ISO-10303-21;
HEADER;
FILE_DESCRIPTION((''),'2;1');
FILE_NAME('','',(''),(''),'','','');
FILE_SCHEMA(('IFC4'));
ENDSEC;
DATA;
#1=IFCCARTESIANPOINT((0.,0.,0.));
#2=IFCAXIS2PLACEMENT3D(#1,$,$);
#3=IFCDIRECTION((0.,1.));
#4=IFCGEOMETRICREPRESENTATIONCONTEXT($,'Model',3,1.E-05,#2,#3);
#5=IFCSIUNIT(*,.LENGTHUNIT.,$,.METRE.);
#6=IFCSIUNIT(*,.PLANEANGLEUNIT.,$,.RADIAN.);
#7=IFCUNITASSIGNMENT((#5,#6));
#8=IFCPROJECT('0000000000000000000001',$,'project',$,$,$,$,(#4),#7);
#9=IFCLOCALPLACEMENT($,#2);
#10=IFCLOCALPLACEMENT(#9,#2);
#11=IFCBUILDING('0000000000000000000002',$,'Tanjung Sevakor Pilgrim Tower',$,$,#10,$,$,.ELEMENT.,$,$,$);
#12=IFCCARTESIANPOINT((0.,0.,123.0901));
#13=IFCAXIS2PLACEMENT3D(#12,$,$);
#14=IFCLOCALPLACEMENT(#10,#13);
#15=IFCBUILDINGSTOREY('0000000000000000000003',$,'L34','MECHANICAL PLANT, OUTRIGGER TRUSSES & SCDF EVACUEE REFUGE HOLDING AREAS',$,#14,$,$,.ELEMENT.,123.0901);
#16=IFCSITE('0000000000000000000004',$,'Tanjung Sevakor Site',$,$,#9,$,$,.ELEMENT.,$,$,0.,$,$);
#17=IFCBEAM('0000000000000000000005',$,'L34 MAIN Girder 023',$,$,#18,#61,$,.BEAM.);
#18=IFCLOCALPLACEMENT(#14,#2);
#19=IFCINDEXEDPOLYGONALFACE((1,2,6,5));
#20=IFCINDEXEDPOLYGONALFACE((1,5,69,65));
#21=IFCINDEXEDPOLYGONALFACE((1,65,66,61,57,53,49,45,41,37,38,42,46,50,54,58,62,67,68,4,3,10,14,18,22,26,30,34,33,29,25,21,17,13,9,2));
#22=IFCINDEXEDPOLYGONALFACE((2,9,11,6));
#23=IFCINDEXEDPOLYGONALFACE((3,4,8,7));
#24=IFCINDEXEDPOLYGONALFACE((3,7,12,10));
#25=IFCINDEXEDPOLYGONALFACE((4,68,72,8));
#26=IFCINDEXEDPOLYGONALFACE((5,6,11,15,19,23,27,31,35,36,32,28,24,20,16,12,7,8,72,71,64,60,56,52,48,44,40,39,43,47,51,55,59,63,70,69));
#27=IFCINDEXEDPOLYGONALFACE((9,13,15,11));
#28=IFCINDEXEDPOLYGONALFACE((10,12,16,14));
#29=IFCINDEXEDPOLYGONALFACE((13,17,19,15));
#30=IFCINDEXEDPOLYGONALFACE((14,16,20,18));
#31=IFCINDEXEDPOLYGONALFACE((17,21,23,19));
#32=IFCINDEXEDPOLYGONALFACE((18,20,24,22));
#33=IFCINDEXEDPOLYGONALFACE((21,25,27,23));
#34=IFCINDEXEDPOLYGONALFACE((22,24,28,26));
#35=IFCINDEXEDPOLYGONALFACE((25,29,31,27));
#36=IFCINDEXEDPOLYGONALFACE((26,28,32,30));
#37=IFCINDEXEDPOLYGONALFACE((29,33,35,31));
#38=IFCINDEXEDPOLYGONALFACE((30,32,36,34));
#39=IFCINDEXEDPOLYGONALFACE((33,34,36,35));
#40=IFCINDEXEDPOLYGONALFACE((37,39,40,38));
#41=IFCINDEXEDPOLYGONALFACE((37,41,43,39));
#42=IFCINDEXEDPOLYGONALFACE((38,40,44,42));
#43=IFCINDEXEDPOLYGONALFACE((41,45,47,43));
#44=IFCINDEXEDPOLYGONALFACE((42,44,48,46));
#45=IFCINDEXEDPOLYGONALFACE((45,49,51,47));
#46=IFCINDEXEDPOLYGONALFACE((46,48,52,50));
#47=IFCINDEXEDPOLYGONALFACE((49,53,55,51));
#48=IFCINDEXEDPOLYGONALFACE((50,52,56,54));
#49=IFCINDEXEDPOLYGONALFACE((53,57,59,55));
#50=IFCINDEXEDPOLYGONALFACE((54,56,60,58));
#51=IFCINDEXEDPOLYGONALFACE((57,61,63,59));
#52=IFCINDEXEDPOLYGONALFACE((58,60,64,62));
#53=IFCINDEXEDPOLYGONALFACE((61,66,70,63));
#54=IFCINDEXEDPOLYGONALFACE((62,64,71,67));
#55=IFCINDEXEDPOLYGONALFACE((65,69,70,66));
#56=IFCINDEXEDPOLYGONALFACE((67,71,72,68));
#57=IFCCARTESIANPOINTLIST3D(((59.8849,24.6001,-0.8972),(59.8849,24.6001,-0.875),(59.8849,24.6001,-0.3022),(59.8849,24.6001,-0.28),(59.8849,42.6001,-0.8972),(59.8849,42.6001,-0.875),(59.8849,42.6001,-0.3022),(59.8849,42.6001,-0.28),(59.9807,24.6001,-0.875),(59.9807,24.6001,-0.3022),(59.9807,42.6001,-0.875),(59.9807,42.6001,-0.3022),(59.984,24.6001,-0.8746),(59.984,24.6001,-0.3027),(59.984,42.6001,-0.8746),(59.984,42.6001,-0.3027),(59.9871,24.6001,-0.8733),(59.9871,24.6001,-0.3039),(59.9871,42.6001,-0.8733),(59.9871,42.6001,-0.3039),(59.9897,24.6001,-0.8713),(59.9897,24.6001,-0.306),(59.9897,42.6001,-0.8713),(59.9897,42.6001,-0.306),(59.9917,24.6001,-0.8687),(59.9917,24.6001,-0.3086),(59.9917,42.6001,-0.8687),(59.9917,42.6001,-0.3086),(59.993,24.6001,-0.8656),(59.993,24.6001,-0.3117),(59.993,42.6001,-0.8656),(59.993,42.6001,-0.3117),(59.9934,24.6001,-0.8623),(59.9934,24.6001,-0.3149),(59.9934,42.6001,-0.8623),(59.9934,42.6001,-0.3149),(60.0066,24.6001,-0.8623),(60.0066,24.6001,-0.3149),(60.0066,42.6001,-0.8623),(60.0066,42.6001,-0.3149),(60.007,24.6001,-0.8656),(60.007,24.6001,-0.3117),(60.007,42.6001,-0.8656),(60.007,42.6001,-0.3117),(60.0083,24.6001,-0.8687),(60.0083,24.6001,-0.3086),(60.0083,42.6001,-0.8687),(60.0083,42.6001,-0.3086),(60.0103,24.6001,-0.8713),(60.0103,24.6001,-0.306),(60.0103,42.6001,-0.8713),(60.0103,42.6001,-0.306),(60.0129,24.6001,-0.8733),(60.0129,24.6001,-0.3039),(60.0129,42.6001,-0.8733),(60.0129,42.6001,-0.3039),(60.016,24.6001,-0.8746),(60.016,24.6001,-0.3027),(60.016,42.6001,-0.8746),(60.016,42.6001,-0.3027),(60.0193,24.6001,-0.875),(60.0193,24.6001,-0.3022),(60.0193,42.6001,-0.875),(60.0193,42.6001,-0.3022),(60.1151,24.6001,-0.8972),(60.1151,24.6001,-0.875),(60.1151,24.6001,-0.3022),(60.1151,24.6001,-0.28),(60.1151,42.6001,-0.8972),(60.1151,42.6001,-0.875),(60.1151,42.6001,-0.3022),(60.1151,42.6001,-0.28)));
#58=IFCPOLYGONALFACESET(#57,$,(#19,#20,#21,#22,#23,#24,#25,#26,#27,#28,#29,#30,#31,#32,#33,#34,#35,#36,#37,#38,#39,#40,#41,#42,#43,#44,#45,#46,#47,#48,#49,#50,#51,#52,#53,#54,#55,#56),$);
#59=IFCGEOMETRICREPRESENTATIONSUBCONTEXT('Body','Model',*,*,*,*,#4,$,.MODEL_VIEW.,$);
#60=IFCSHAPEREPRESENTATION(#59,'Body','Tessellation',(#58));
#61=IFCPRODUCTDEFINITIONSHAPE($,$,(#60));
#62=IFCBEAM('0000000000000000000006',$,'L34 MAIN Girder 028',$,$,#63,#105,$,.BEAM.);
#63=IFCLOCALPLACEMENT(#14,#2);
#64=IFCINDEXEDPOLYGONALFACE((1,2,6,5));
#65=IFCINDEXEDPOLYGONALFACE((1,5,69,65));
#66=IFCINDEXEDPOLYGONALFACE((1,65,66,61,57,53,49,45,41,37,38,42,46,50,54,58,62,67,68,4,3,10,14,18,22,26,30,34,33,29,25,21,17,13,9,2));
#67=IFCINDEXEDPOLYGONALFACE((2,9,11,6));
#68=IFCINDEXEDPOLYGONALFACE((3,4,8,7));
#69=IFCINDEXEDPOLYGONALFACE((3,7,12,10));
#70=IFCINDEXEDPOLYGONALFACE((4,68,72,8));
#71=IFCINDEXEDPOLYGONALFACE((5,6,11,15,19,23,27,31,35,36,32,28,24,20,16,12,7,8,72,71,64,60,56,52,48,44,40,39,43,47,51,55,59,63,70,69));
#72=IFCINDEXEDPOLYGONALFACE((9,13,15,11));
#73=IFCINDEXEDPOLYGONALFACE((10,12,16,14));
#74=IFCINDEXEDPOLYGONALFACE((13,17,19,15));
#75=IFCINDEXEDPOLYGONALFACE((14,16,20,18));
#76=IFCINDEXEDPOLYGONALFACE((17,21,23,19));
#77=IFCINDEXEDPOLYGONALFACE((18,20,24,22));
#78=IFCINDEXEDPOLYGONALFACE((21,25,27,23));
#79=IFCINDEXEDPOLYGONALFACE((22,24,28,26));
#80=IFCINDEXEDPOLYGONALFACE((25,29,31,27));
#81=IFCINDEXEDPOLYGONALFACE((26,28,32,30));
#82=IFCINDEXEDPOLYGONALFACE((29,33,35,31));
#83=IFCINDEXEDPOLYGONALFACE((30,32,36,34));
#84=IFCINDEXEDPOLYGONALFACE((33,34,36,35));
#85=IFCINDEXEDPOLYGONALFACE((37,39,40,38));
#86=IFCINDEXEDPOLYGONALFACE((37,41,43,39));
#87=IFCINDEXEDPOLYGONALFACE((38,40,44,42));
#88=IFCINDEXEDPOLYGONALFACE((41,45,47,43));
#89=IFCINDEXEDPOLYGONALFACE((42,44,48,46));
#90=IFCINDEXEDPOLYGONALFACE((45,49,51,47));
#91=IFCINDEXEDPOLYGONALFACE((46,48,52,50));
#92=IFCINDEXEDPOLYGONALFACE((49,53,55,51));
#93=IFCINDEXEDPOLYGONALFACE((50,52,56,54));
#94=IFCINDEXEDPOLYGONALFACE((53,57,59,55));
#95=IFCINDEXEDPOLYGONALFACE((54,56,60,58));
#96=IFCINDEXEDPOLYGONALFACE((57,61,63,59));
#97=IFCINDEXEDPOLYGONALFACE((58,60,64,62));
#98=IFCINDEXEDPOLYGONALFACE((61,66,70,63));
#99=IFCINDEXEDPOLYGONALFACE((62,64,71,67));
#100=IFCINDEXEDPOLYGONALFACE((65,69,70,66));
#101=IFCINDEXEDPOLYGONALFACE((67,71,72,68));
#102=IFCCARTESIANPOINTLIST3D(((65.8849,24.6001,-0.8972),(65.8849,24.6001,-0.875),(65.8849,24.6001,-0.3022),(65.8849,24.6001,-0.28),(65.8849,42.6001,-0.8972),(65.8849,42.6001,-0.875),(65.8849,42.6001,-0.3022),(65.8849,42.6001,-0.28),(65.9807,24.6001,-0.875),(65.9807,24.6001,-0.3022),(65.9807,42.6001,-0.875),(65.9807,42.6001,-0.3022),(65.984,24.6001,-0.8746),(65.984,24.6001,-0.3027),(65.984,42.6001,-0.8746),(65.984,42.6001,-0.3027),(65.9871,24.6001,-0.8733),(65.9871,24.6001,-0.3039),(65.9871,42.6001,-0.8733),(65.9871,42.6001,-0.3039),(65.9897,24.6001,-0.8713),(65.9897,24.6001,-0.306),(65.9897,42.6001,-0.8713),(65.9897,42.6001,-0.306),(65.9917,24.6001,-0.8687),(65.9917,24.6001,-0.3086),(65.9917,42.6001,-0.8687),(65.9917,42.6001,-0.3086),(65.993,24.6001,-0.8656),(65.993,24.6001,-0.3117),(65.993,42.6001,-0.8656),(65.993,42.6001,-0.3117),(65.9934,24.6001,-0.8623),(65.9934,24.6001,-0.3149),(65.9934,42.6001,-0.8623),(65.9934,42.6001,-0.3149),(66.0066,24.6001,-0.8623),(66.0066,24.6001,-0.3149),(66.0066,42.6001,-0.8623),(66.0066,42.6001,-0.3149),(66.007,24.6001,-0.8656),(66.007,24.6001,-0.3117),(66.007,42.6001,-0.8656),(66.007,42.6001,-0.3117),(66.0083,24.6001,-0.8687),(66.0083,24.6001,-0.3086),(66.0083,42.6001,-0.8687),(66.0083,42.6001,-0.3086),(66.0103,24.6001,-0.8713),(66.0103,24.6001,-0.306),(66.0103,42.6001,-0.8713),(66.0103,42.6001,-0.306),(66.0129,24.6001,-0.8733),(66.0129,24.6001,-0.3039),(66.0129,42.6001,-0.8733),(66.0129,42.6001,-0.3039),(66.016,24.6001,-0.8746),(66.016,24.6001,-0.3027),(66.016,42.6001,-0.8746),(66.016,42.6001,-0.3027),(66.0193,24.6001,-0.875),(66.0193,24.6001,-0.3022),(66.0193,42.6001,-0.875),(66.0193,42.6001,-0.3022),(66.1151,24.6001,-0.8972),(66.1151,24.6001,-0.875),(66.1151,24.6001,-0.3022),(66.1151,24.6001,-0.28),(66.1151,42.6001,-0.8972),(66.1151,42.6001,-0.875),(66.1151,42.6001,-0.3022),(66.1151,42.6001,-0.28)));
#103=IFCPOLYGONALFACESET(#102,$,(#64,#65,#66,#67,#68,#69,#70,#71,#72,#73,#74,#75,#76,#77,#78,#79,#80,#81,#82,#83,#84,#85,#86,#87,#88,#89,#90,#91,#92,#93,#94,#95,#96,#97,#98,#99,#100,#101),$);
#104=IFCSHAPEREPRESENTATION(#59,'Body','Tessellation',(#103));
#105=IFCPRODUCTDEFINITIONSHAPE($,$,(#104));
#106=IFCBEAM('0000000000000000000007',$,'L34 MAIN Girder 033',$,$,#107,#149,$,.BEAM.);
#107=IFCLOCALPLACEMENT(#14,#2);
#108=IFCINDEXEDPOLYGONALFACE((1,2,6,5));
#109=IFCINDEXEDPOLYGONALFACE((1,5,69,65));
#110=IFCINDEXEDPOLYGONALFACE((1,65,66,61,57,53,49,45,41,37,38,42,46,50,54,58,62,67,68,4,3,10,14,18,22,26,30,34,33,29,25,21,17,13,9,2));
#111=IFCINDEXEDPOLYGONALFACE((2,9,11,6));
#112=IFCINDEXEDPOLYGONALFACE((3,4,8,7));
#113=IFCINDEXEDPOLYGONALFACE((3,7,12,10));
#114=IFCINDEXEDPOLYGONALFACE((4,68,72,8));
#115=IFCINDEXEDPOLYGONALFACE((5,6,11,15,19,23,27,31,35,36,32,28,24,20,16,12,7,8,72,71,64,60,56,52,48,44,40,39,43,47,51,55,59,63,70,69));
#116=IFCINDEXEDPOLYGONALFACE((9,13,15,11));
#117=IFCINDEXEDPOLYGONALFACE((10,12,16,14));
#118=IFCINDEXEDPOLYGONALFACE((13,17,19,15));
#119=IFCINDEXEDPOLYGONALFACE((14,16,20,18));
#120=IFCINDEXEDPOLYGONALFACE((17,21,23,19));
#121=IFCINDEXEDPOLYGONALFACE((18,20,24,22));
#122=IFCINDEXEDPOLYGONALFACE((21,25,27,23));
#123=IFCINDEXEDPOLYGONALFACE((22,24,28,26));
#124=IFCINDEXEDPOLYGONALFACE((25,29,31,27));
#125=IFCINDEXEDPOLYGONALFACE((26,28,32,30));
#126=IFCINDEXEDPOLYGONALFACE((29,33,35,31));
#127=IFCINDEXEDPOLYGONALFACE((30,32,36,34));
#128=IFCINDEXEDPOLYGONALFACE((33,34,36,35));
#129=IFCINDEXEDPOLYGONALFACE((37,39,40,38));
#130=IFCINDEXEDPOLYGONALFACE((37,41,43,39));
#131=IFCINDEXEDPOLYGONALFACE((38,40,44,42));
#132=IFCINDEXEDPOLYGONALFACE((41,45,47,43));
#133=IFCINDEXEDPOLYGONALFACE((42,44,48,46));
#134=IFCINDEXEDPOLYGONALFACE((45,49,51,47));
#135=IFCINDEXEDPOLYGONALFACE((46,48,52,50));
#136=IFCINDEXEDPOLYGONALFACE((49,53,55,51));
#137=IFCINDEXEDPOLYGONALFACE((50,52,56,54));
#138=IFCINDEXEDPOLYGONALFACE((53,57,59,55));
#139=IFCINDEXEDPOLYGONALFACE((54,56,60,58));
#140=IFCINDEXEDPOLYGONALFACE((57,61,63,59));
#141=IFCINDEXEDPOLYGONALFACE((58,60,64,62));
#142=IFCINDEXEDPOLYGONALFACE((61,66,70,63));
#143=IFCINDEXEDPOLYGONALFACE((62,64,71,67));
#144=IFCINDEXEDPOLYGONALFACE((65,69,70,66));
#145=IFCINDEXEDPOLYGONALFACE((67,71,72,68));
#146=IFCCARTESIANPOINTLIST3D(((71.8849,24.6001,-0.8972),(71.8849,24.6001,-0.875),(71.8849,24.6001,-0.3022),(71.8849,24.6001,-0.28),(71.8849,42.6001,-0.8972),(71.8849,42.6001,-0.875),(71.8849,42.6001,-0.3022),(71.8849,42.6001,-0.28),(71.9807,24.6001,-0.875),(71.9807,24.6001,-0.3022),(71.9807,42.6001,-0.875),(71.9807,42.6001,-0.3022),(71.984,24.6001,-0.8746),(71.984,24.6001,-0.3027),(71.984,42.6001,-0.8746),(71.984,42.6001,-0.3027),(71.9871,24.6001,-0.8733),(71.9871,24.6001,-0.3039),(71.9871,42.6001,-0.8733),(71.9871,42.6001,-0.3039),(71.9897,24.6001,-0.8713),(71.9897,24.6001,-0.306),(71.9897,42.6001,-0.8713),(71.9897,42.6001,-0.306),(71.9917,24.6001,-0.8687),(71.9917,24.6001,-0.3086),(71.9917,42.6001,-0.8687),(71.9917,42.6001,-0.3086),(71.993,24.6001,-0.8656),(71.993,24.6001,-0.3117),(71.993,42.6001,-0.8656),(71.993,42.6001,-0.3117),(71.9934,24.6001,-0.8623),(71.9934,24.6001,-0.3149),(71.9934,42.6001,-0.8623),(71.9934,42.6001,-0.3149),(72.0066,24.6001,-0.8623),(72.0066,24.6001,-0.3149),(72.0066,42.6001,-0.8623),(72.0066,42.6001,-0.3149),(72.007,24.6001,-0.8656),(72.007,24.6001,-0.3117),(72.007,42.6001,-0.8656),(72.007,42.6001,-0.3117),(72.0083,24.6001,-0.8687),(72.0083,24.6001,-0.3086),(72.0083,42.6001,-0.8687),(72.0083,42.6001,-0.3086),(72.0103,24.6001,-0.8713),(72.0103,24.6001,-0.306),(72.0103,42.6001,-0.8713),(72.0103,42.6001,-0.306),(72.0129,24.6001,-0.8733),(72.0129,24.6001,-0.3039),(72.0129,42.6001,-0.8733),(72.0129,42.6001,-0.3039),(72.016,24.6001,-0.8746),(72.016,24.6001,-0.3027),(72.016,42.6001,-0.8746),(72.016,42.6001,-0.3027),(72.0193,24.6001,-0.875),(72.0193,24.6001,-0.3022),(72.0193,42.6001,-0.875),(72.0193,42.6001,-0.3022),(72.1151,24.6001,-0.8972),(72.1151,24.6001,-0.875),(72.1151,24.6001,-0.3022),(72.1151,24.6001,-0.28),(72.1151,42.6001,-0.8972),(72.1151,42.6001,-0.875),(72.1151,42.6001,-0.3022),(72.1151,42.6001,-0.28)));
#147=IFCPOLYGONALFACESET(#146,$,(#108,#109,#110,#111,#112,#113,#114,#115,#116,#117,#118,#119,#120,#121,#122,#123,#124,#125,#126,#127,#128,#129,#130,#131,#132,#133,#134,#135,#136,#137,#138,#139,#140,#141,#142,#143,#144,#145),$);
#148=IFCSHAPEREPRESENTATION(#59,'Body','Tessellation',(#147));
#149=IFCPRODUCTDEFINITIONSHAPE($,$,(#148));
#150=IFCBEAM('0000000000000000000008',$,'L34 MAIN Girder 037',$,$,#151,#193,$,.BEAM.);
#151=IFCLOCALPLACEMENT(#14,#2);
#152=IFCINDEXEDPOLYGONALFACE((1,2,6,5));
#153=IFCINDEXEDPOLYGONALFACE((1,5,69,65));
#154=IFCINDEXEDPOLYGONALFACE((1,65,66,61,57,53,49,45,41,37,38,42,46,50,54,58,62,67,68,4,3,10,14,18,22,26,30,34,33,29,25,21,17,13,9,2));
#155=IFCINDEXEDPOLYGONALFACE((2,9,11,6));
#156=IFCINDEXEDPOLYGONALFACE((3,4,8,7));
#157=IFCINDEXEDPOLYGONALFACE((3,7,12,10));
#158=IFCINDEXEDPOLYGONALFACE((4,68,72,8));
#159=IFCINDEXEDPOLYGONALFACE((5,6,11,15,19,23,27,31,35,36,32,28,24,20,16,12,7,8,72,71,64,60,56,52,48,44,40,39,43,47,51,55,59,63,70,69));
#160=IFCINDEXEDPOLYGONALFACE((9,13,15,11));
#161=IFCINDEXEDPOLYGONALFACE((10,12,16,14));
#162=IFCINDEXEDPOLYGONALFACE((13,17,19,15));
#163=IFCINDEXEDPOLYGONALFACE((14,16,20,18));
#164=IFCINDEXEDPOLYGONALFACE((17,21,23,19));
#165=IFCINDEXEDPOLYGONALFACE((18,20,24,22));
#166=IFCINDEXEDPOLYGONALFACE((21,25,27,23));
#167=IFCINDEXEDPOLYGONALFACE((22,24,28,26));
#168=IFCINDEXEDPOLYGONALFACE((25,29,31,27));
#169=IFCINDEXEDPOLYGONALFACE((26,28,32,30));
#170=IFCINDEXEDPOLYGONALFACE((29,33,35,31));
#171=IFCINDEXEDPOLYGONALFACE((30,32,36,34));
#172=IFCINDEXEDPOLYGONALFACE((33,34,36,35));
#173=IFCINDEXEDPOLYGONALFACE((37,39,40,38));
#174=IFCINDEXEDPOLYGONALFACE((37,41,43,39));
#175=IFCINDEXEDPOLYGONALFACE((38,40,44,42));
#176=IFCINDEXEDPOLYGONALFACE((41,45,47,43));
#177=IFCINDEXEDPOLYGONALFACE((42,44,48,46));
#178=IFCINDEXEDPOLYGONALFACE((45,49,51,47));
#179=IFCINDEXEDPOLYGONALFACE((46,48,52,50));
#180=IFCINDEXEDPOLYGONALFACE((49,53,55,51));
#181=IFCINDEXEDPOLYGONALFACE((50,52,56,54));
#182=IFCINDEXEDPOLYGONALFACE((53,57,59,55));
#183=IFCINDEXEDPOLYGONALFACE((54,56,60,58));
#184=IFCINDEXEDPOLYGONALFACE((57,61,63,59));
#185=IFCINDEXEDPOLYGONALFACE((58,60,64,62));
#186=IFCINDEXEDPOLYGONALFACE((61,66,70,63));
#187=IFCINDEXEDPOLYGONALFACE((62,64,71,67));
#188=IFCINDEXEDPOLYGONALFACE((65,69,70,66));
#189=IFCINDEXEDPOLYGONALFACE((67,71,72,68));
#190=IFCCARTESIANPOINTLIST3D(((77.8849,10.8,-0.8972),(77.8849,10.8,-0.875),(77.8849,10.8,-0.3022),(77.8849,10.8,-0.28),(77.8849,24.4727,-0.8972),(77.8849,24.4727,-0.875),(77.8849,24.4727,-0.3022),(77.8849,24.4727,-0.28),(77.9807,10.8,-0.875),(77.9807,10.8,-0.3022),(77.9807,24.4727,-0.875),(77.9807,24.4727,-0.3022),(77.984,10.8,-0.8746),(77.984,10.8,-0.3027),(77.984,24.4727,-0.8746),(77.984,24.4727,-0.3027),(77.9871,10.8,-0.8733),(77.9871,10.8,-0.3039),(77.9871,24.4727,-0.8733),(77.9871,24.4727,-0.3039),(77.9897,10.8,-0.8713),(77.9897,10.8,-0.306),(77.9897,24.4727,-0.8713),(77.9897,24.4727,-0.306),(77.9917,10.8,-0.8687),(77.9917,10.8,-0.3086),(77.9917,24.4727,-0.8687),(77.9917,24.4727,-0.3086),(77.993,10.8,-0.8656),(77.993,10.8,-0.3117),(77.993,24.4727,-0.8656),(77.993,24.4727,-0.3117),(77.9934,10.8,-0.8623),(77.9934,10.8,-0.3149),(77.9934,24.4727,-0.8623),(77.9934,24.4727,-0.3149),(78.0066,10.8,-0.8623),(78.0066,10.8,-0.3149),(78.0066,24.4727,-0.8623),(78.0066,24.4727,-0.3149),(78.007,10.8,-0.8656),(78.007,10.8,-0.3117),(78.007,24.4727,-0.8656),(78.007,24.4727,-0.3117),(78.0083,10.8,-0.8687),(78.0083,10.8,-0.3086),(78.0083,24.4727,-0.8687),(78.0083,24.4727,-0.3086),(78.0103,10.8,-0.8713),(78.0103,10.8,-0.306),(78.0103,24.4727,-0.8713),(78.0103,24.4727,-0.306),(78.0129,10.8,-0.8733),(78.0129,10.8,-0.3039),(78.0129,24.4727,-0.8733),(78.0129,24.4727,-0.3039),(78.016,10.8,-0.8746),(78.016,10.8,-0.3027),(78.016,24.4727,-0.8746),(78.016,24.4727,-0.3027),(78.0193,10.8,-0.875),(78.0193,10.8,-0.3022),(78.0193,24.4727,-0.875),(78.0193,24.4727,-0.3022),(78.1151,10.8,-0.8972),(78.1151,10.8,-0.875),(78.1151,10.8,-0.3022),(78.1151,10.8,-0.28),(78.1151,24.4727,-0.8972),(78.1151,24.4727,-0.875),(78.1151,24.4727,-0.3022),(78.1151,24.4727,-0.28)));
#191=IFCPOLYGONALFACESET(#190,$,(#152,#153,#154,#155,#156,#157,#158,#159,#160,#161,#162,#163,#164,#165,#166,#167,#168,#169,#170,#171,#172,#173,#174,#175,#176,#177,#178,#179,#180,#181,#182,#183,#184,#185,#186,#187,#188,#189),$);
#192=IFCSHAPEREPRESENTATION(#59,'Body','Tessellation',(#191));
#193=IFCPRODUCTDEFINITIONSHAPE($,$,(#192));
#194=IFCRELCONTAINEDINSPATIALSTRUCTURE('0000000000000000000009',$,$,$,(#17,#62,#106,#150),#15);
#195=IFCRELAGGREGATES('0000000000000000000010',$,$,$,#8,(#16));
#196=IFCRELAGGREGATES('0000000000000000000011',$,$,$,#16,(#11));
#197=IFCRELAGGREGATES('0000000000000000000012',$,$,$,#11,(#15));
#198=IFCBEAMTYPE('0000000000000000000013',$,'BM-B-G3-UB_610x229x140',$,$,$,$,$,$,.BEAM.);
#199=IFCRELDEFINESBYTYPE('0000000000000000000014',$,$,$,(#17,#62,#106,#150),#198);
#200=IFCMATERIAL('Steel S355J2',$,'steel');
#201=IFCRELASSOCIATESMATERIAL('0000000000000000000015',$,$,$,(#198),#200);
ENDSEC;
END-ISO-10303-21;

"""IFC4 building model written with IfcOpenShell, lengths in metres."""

from ifc_helpers import new_model, si_unit, direction, frame, origin, origin_2d, place, context, subcontext, project, spatial, i_section, extrude, material, material_profile, profile_set, type_object, element, save


model = new_model("IFC4")

# Units and contexts
model_context = context("Model", 3, precision=1e-05, world=origin(), true_north=direction((0.0, 1.0)))
body_context = subcontext(model_context, "Body", "Model", "MODEL_VIEW")
ifc_project = project(units=[si_unit("LENGTHUNIT", "METRE"), si_unit("PLANEANGLEUNIT", "RADIAN")], contexts=[model_context])

# Site, building, storey
site_placement = place(None, origin())
site = spatial("IfcSite", under=ifc_project, at=site_placement, Name="Tanjung Sevakor Site", CompositionType="ELEMENT", RefElevation=0.0)
building_placement = place(site_placement, origin())
building = spatial("IfcBuilding", under=site, at=building_placement, Name="Tanjung Sevakor Pilgrim Tower", CompositionType="ELEMENT")
storey_placement = place(building_placement, frame((0.0, 0.0, 123.0901)))
storey = spatial("IfcBuildingStorey", under=building, at=storey_placement, Name="L34", Description="MECHANICAL PLANT, OUTRIGGER TRUSSES & SCDF EVACUEE REFUGE HOLDING AREAS", CompositionType="ELEMENT", Elevation=123.0901)

# Beams
ifc_material_1 = material(Name="Steel S355J2", Category="steel")
ifc_material_profile_1 = material_profile(ifc_material_1, i_section(OverallWidth=0.2302, OverallDepth=0.6172, WebThickness=0.0132, FlangeThickness=0.0222, FilletRadius=0.0127, at=origin_2d()))
ifc_profile_set_1 = profile_set([ifc_material_profile_1], Name="Steel S355J2")
beam_type_1 = type_object("IfcBeamType", Name="BM-B-G3-UB_610x229x140", PredefinedType="BEAM", material=ifc_profile_set_1)
for number, where, z_axis, x_axis, name in (
    (1, (60.0, 24.6001, -0.5886), (0.0, 1.0, 0.0), (-1.0, 0.0, 0.0), "L34 MAIN Girder 023"),
    (2, (66.0, 24.6001, -0.5886), (0.0, 1.0, 0.0), (-1.0, 0.0, 0.0), "L34 MAIN Girder 028"),
    (3, (72.0, 24.6001, -0.5886), (0.0, 1.0, 0.0), (-1.0, 0.0, 0.0), "L34 MAIN Girder 033"),
):
    element("IfcBeam", number, at=place(storey_placement, frame(where, z_axis=z_axis, x_axis=x_axis)), inside=storey, type_object=beam_type_1, Name=name, PredefinedType="BEAM", context=body_context, shape_type="SweptSolid", body=[
        extrude(i_section(OverallWidth=0.2302, OverallDepth=0.6172, WebThickness=0.0132, FlangeThickness=0.0222, FilletRadius=0.0127, at=origin_2d()), origin(), (0.0, 0.0, 1.0), 18.0),
    ])
beam_1_placement = place(storey_placement, frame((78.0, 10.8, -0.5886), z_axis=(0.0, 1.0, 0.0), x_axis=(-1.0, 0.0, 0.0)))
element("IfcBeam", 4, at=beam_1_placement, inside=storey, type_object=beam_type_1, Name="L34 MAIN Girder 037", PredefinedType="BEAM", context=body_context, shape_type="SweptSolid", body=[
    extrude(i_section(OverallWidth=0.2302, OverallDepth=0.6172, WebThickness=0.0132, FlangeThickness=0.0222, FilletRadius=0.0127, at=origin_2d()), origin(), (0.0, 0.0, 1.0), 13.6726),
])

save(model, "model.ifc")
